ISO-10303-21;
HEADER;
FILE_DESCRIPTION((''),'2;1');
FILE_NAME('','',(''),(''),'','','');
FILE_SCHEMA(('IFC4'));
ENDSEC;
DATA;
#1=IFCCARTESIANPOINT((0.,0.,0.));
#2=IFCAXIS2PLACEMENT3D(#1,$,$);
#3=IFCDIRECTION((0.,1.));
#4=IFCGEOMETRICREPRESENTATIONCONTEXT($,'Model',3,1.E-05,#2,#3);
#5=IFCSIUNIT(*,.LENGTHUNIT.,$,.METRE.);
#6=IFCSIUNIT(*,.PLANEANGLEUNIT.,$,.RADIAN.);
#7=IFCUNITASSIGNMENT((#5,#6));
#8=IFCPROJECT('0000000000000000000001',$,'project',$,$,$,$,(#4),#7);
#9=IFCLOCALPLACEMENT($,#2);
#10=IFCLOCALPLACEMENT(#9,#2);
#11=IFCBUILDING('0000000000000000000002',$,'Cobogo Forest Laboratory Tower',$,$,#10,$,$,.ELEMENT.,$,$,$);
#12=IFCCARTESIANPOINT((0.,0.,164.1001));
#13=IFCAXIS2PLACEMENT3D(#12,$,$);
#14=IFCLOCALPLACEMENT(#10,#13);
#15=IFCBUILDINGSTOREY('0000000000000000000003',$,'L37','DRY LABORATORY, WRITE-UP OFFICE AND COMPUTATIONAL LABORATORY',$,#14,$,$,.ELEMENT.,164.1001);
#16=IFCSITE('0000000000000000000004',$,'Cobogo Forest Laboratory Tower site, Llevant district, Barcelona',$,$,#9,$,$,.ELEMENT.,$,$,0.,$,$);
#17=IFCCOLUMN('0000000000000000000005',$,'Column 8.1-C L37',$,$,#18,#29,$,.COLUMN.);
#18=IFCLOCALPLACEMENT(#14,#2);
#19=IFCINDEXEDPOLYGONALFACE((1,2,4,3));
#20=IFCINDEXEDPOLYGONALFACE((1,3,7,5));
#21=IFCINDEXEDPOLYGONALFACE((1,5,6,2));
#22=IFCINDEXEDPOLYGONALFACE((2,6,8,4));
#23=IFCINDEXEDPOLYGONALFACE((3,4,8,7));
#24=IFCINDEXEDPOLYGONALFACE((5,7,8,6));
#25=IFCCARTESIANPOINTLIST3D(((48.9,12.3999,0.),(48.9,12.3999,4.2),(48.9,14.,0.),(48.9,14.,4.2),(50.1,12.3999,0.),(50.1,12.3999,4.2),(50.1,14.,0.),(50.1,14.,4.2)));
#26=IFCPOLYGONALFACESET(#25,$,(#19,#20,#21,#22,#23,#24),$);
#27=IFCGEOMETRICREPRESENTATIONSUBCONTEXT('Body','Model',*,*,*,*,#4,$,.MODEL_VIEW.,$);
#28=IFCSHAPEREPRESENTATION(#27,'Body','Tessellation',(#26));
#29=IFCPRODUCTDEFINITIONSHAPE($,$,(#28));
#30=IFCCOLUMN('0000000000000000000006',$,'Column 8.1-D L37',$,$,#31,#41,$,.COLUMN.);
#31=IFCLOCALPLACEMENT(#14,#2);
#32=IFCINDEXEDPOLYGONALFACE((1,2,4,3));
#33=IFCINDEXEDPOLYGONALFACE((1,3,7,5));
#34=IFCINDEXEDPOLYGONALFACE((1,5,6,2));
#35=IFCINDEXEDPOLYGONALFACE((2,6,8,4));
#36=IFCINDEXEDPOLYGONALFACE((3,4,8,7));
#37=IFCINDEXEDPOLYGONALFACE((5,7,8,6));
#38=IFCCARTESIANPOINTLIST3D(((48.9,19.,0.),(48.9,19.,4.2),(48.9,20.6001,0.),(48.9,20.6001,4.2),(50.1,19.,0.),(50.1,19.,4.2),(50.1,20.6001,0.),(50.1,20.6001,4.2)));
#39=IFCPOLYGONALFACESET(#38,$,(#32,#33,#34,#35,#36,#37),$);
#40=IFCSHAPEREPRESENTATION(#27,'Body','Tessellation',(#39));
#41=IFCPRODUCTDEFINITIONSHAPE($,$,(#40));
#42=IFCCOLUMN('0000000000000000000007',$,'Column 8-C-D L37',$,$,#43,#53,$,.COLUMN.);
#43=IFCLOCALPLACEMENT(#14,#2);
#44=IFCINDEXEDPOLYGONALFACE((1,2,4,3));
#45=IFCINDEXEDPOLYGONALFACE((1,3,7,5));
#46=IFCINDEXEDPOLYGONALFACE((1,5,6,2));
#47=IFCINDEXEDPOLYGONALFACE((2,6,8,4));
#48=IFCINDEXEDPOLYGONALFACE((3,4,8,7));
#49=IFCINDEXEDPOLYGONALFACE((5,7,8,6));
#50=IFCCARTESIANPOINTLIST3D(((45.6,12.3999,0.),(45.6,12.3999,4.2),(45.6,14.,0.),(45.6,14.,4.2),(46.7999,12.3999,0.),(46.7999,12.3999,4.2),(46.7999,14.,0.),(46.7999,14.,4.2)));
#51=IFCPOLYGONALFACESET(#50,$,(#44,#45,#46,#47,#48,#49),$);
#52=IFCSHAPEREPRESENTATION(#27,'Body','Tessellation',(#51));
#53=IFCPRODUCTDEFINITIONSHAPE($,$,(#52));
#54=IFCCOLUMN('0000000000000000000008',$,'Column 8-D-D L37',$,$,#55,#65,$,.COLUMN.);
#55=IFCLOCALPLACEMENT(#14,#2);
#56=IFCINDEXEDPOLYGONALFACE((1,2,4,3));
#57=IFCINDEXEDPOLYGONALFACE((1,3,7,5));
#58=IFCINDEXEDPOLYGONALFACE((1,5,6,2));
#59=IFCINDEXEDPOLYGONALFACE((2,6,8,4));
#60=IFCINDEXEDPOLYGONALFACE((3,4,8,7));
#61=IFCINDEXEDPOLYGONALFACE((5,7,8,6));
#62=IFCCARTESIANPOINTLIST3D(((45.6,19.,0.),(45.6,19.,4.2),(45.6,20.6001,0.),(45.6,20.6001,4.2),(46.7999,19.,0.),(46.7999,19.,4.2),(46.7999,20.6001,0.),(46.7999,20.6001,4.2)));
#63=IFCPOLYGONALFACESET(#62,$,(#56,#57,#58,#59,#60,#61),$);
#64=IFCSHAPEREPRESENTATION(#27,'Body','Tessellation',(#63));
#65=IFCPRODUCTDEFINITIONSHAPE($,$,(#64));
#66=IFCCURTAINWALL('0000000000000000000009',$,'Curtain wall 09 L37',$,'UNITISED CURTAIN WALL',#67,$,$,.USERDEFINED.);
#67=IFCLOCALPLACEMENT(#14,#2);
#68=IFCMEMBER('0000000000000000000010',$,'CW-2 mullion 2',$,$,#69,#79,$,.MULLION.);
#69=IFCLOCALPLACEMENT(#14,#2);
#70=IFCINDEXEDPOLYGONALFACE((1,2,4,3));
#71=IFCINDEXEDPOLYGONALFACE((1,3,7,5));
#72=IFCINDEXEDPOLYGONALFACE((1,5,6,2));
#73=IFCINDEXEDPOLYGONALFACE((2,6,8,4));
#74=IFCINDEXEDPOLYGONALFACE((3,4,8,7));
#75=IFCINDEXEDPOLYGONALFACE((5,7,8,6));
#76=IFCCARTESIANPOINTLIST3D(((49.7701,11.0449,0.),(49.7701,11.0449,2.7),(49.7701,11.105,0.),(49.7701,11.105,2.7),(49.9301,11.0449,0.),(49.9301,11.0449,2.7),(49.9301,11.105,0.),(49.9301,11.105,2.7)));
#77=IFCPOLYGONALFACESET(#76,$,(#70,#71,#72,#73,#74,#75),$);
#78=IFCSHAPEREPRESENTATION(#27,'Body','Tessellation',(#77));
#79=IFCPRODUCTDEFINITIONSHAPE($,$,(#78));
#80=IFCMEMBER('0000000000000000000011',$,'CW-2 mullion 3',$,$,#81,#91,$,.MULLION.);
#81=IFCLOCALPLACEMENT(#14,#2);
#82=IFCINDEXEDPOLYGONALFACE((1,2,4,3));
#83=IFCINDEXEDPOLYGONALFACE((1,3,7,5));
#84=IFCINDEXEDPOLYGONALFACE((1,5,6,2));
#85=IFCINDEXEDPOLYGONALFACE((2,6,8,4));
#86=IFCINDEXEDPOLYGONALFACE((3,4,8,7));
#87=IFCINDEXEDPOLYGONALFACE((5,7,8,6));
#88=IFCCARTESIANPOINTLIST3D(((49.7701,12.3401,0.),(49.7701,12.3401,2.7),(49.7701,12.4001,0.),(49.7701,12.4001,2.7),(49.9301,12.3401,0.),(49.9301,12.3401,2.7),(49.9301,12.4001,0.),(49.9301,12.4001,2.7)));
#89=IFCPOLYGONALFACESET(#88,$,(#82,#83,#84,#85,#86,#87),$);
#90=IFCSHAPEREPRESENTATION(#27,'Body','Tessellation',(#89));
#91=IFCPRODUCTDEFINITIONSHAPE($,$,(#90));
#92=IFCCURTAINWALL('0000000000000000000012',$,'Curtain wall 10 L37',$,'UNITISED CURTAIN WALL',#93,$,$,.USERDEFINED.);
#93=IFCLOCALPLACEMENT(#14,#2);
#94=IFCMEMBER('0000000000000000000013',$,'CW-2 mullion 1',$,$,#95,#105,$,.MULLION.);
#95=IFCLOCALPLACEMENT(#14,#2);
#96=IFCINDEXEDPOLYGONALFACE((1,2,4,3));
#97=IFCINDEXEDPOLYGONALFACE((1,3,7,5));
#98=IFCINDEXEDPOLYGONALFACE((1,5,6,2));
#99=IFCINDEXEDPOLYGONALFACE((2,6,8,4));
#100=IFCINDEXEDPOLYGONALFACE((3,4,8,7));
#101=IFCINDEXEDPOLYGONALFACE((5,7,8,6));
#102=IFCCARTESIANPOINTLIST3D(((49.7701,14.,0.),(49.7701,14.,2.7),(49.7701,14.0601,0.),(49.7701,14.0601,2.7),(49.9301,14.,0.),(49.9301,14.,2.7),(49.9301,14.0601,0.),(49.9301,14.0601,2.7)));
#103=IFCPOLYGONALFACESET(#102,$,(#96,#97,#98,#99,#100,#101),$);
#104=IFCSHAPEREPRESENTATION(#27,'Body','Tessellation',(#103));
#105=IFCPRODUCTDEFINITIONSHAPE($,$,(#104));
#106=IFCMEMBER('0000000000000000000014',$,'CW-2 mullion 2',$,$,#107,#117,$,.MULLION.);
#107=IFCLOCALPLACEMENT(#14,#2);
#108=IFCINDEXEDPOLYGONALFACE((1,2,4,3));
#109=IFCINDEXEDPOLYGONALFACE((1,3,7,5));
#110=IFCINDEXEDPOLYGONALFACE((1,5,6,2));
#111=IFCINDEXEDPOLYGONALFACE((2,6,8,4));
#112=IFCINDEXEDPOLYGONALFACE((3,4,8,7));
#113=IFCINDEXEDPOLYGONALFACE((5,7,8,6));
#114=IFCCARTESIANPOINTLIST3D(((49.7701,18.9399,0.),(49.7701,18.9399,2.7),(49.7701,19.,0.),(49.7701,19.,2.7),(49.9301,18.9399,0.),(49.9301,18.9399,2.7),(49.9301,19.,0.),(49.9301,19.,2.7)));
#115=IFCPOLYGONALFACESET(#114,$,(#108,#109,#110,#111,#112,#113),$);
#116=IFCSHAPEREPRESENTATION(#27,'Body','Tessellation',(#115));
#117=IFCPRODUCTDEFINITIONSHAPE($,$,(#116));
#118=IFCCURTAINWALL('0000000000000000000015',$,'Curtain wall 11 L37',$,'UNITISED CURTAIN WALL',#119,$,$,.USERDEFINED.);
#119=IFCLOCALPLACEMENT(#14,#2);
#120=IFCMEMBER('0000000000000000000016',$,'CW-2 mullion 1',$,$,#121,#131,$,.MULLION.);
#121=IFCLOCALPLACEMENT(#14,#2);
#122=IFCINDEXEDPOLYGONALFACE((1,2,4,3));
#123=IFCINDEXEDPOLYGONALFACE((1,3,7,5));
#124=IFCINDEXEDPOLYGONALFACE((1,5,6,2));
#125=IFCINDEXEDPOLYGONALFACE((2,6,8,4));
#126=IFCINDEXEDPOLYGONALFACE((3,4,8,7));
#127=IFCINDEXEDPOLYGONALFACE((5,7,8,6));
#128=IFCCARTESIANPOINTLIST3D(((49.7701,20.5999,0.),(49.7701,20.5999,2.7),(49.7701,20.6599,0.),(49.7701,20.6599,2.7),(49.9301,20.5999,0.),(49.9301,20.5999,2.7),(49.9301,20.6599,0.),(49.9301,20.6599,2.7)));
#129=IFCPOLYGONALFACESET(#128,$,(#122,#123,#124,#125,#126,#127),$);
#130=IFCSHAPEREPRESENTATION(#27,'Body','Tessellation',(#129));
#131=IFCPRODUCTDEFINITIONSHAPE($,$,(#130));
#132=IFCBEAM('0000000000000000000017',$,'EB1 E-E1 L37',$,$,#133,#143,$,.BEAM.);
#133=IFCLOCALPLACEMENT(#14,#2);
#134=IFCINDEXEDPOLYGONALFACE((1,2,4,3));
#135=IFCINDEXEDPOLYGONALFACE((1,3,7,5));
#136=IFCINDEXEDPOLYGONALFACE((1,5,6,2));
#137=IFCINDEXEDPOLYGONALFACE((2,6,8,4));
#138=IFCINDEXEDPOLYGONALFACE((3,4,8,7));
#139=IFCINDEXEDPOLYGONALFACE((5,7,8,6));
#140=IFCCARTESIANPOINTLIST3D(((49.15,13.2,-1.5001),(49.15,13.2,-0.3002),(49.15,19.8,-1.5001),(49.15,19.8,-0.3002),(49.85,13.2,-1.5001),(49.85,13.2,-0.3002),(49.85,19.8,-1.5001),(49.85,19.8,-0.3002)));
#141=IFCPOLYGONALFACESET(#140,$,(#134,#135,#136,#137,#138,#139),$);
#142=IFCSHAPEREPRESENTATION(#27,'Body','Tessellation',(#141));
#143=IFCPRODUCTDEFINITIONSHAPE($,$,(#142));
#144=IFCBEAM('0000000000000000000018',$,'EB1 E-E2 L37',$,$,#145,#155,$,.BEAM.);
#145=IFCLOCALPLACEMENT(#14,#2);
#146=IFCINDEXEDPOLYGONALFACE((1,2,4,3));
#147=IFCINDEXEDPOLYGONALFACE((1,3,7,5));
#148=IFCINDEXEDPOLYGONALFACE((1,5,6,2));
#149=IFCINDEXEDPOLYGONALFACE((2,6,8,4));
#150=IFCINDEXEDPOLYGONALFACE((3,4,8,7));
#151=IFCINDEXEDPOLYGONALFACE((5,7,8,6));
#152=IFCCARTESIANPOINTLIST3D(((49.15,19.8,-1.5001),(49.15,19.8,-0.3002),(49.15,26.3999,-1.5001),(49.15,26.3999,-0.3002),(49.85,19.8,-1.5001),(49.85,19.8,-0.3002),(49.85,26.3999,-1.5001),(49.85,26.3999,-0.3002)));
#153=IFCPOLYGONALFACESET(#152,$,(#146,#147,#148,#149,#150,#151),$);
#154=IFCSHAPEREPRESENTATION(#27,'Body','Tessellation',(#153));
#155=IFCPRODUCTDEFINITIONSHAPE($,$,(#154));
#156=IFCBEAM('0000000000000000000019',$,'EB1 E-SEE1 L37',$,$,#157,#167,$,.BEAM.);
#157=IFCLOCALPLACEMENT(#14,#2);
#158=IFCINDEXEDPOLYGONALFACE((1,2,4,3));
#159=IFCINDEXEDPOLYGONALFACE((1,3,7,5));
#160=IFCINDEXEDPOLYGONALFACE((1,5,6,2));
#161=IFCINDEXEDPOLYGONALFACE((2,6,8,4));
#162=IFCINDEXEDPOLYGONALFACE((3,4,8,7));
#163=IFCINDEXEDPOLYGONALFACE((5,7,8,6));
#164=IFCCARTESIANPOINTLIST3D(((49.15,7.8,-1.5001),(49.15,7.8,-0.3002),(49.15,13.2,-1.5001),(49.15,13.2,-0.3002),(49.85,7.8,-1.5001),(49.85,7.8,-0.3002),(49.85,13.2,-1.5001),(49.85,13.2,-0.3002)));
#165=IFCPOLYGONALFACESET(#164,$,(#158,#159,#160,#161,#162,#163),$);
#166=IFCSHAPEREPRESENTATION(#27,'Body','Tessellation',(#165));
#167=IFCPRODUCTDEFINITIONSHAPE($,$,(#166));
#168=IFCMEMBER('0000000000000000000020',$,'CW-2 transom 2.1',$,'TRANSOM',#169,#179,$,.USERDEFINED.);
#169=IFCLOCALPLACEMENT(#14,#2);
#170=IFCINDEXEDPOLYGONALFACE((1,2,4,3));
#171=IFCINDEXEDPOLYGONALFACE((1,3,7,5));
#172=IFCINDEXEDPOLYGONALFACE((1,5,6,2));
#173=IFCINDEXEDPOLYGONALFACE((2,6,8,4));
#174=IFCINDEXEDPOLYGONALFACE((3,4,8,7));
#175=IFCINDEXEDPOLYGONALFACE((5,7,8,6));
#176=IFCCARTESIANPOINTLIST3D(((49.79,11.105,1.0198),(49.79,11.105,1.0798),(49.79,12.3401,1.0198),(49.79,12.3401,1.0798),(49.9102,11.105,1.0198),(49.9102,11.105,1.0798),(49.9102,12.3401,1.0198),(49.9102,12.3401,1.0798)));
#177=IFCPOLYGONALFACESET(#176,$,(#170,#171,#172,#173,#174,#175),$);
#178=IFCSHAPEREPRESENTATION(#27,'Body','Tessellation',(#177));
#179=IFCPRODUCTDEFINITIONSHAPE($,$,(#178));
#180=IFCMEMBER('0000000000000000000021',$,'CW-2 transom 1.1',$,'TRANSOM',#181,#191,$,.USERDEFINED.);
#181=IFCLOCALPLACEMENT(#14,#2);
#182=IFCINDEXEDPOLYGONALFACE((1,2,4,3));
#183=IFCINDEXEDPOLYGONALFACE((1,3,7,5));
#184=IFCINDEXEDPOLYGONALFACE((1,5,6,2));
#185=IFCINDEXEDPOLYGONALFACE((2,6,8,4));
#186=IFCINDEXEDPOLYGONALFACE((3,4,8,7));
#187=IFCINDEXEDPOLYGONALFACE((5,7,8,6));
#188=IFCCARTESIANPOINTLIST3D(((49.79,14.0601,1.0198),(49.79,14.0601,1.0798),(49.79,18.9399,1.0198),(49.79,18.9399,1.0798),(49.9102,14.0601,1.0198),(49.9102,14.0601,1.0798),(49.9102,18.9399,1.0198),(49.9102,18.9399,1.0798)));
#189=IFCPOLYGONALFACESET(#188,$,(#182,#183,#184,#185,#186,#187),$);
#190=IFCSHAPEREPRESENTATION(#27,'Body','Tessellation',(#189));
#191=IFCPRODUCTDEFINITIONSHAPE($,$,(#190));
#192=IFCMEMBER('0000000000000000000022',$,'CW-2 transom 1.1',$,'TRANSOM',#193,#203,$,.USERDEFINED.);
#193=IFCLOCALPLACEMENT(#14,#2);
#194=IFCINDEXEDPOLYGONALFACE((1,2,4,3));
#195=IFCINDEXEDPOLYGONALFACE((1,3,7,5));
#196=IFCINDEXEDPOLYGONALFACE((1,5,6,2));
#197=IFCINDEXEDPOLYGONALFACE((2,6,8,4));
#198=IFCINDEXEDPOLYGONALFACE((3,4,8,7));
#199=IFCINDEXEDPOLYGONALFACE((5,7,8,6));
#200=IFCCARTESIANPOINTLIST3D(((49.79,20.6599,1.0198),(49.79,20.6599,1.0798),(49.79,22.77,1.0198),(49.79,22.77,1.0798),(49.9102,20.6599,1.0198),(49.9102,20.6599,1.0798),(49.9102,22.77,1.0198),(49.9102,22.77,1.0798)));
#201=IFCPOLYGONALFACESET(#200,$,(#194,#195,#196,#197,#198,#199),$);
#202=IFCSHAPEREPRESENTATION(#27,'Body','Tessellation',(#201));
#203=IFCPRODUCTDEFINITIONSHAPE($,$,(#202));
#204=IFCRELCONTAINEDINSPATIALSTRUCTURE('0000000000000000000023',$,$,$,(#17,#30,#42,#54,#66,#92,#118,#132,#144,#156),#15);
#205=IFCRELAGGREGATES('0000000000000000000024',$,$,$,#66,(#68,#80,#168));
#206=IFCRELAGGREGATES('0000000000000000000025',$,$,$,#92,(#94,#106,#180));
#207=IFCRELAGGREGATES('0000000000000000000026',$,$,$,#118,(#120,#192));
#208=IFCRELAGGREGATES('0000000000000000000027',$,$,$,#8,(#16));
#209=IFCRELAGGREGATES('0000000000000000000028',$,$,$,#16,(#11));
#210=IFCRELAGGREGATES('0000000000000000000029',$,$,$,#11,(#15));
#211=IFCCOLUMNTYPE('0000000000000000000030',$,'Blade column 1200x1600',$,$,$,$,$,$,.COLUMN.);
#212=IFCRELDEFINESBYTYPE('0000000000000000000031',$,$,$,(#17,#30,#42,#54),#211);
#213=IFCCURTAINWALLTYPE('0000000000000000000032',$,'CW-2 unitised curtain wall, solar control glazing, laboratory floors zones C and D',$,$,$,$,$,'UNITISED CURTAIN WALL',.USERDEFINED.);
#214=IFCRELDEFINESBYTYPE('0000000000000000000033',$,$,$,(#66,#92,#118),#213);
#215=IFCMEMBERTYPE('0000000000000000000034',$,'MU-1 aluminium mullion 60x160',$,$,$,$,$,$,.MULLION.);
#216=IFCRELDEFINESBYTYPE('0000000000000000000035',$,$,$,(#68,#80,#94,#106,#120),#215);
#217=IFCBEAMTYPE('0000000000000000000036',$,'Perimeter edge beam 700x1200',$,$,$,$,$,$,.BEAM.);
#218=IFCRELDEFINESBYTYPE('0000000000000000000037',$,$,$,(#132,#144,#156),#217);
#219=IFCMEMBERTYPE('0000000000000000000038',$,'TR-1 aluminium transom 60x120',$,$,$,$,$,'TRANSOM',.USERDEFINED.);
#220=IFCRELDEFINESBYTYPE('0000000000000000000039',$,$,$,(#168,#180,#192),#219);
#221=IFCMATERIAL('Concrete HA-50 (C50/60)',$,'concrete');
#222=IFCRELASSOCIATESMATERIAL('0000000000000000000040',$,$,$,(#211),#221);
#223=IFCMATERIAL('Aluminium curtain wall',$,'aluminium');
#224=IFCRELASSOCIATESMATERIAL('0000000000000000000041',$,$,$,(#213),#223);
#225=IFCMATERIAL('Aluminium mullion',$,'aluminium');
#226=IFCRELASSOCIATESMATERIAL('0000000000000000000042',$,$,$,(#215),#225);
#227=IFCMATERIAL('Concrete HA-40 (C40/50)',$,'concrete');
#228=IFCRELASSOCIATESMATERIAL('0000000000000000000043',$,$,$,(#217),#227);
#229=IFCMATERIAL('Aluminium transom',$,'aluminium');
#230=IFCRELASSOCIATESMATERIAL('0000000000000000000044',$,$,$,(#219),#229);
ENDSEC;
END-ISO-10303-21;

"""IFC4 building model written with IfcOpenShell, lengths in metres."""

from ifc_helpers import new_model, si_unit, direction, frame, origin, origin_2d, place, context, subcontext, project, spatial, rectangle, extrude, material, material_profile, profile_set, type_object, element, aggregate, save


model = new_model("IFC4")

# Units and contexts
model_context = context("Model", 3, precision=1e-05, world=origin(), true_north=direction((0.0, 1.0)))
body_context = subcontext(model_context, "Body", "Model", "MODEL_VIEW")
ifc_project = project(units=[si_unit("LENGTHUNIT", "METRE"), si_unit("PLANEANGLEUNIT", "RADIAN")], contexts=[model_context])

# Site, building, storey
site_placement = place(None, origin())
site = spatial("IfcSite", under=ifc_project, at=site_placement, Name="Cobogo Forest Laboratory Tower site, Llevant district, Barcelona", CompositionType="ELEMENT", RefElevation=0.0)
building_placement = place(site_placement, origin())
building = spatial("IfcBuilding", under=site, at=building_placement, Name="Cobogo Forest Laboratory Tower", CompositionType="ELEMENT")
storey_placement = place(building_placement, frame((0.0, 0.0, 164.1001)))
storey = spatial("IfcBuildingStorey", under=building, at=storey_placement, Name="L37", Description="DRY LABORATORY, WRITE-UP OFFICE AND COMPUTATIONAL LABORATORY", CompositionType="ELEMENT", Elevation=164.1001)

# Columns
ifc_material_1 = material(Name="Concrete HA-50 (C50/60)", Category="concrete")
ifc_material_profile_1 = material_profile(ifc_material_1, rectangle(XDim=1.6001, YDim=1.2, at=origin_2d()), Name="RC 1200x1600")
ifc_profile_set_1 = profile_set([ifc_material_profile_1], Name="Concrete HA-50 (C50/60)")
column_type = type_object("IfcColumnType", Name="Blade column 1200x1600", PredefinedType="COLUMN", material=ifc_profile_set_1)
for number, where, z_axis, x_axis, name in (
    (1, (49.5, 13.2, 0.0), (0.0, 0.0, 1.0), (0.0, 1.0, 0.0), "Column 8.1-C L37"),
    (2, (49.5, 19.8, 0.0), (0.0, 0.0, 1.0), (0.0, 1.0, 0.0), "Column 8.1-D L37"),
    (3, (46.2, 13.2, 0.0), (0.0, 0.0, 1.0), (0.0, 1.0, 0.0), "Column 8-C-D L37"),
    (4, (46.2, 19.8, 0.0), (0.0, 0.0, 1.0), (0.0, 1.0, 0.0), "Column 8-D-D L37"),
):
    element("IfcColumn", number, at=place(storey_placement, frame(where, z_axis=z_axis, x_axis=x_axis)), inside=storey, type_object=column_type, Name=name, PredefinedType="COLUMN", context=body_context, shape_type="SweptSolid", body=[
        extrude(rectangle(XDim=1.6001, YDim=1.2, at=origin_2d()), origin(), (0.0, 0.0, 1.0), 4.2),
    ])

# Curtain walls, members
ifc_material_2 = material(Name="Aluminium curtain wall", Category="aluminium")
curtain_wall_type = type_object("IfcCurtainWallType", Name="CW-2 unitised curtain wall, solar control glazing, laboratory floors zones C and D", ElementType="UNITISED CURTAIN WALL", PredefinedType="USERDEFINED", material=ifc_material_2)
curtain_wall_1_placement = place(storey_placement, origin())
curtain_wall_1 = element("IfcCurtainWall", 5, at=curtain_wall_1_placement, inside=storey, type_object=curtain_wall_type, Name="Curtain wall 09 L37", ObjectType="UNITISED CURTAIN WALL", PredefinedType="USERDEFINED")
ifc_material_3 = material(Name="Aluminium mullion", Category="aluminium")
ifc_material_profile_2 = material_profile(ifc_material_3, rectangle(XDim=0.0601, YDim=0.1599, at=origin_2d()), Name="AL 60x160")
ifc_profile_set_2 = profile_set([ifc_material_profile_2], Name="Aluminium mullion")
member_type_1 = type_object("IfcMemberType", Name="MU-1 aluminium mullion 60x160", PredefinedType="MULLION", material=ifc_profile_set_2)
member_1_placement = place(storey_placement, frame((49.8501, 11.075, 0.0), z_axis=(0.0, 0.0, 1.0), x_axis=(0.0, 1.0, 0.0)))
member_1 = element("IfcMember", 6, at=member_1_placement, type_object=member_type_1, Name="CW-2 mullion 2", PredefinedType="MULLION", context=body_context, shape_type="SweptSolid", body=[
    extrude(rectangle(XDim=0.0601, YDim=0.1599, at=origin_2d()), origin(), (0.0, 0.0, 1.0), 2.7),
])
member_2_placement = place(storey_placement, frame((49.8501, 12.3701, 0.0), z_axis=(0.0, 0.0, 1.0), x_axis=(0.0, 1.0, 0.0)))
member_2 = element("IfcMember", 7, at=member_2_placement, type_object=member_type_1, Name="CW-2 mullion 3", PredefinedType="MULLION", context=body_context, shape_type="SweptSolid", body=[
    extrude(rectangle(XDim=0.0601, YDim=0.1599, at=origin_2d()), origin(), (0.0, 0.0, 1.0), 2.7),
])
curtain_wall_2_placement = place(storey_placement, origin())
curtain_wall_2 = element("IfcCurtainWall", 8, at=curtain_wall_2_placement, inside=storey, type_object=curtain_wall_type, Name="Curtain wall 10 L37", ObjectType="UNITISED CURTAIN WALL", PredefinedType="USERDEFINED")
member_3_placement = place(storey_placement, frame((49.8501, 14.03, 0.0), z_axis=(0.0, 0.0, 1.0), x_axis=(0.0, 1.0, 0.0)))
member_3 = element("IfcMember", 9, at=member_3_placement, type_object=member_type_1, Name="CW-2 mullion 1", PredefinedType="MULLION", context=body_context, shape_type="SweptSolid", body=[
    extrude(rectangle(XDim=0.0601, YDim=0.1599, at=origin_2d()), origin(), (0.0, 0.0, 1.0), 2.7),
])
member_4_placement = place(storey_placement, frame((49.8501, 18.97, 0.0), z_axis=(0.0, 0.0, 1.0), x_axis=(0.0, 1.0, 0.0)))
member_4 = element("IfcMember", 10, at=member_4_placement, type_object=member_type_1, Name="CW-2 mullion 2", PredefinedType="MULLION", context=body_context, shape_type="SweptSolid", body=[
    extrude(rectangle(XDim=0.0601, YDim=0.1599, at=origin_2d()), origin(), (0.0, 0.0, 1.0), 2.7),
])

# Curtain wall, member
curtain_wall_3_placement = place(storey_placement, origin())
curtain_wall_3 = element("IfcCurtainWall", 11, at=curtain_wall_3_placement, inside=storey, type_object=curtain_wall_type, Name="Curtain wall 11 L37", ObjectType="UNITISED CURTAIN WALL", PredefinedType="USERDEFINED")
member_5_placement = place(storey_placement, frame((49.8501, 20.6299, 0.0), z_axis=(0.0, 0.0, 1.0), x_axis=(0.0, 1.0, 0.0)))
member_5 = element("IfcMember", 12, at=member_5_placement, type_object=member_type_1, Name="CW-2 mullion 1", PredefinedType="MULLION", context=body_context, shape_type="SweptSolid", body=[
    extrude(rectangle(XDim=0.0601, YDim=0.1599, at=origin_2d()), origin(), (0.0, 0.0, 1.0), 2.7),
])

# Beams
ifc_material_4 = material(Name="Concrete HA-40 (C40/50)", Category="concrete")
ifc_material_profile_3 = material_profile(ifc_material_4, rectangle(XDim=0.7, YDim=1.2, at=origin_2d()), Name="RC 700x1200")
ifc_profile_set_3 = profile_set([ifc_material_profile_3], Name="Concrete HA-40 (C40/50)")
beam_type = type_object("IfcBeamType", Name="Perimeter edge beam 700x1200", PredefinedType="BEAM", material=ifc_profile_set_3)
beam_1_placement = place(storey_placement, frame((49.5, 13.2, -0.9001), z_axis=(0.0, 1.0, 0.0), x_axis=(-1.0, 0.0, 0.0)))
element("IfcBeam", 13, at=beam_1_placement, inside=storey, type_object=beam_type, Name="EB1 E-E1 L37", PredefinedType="BEAM", context=body_context, shape_type="SweptSolid", body=[
    extrude(rectangle(XDim=0.7, YDim=1.2, at=origin_2d()), origin(), (0.0, 0.0, 1.0), 6.6001),
])
beam_2_placement = place(storey_placement, frame((49.5, 19.8, -0.9001), z_axis=(0.0, 1.0, 0.0), x_axis=(-1.0, 0.0, 0.0)))
element("IfcBeam", 14, at=beam_2_placement, inside=storey, type_object=beam_type, Name="EB1 E-E2 L37", PredefinedType="BEAM", context=body_context, shape_type="SweptSolid", body=[
    extrude(rectangle(XDim=0.7, YDim=1.2, at=origin_2d()), origin(), (0.0, 0.0, 1.0), 6.5999),
])
beam_3_placement = place(storey_placement, frame((49.5, 13.2, -0.9001), z_axis=(0.0, -1.0, 0.0), x_axis=(1.0, 0.0, 0.0)))
element("IfcBeam", 15, at=beam_3_placement, inside=storey, type_object=beam_type, Name="EB1 E-SEE1 L37", PredefinedType="BEAM", context=body_context, shape_type="SweptSolid", body=[
    extrude(rectangle(XDim=0.7, YDim=1.2, at=origin_2d()), origin(), (0.0, 0.0, 1.0), 5.3999),
])

# Members
ifc_material_5 = material(Name="Aluminium transom", Category="aluminium")
ifc_material_profile_4 = material_profile(ifc_material_5, rectangle(XDim=0.1201, YDim=0.0601, at=origin_2d()), Name="AL 60x120")
ifc_profile_set_4 = profile_set([ifc_material_profile_4], Name="Aluminium transom")
member_type_2 = type_object("IfcMemberType", Name="TR-1 aluminium transom 60x120", ElementType="TRANSOM", PredefinedType="USERDEFINED", material=ifc_profile_set_4)
member_6_placement = place(storey_placement, frame((49.8501, 11.105, 1.0498), z_axis=(0.0, 1.0, 0.0), x_axis=(-1.0, 0.0, 0.0)))
member_6 = element("IfcMember", 16, at=member_6_placement, type_object=member_type_2, Name="CW-2 transom 2.1", ObjectType="TRANSOM", PredefinedType="USERDEFINED", context=body_context, shape_type="SweptSolid", body=[
    extrude(rectangle(XDim=0.1201, YDim=0.0601, at=origin_2d()), origin(), (0.0, 0.0, 1.0), 1.2351),
])
member_7_placement = place(storey_placement, frame((49.8501, 14.0601, 1.0498), z_axis=(0.0, 1.0, 0.0), x_axis=(-1.0, 0.0, 0.0)))
member_7 = element("IfcMember", 17, at=member_7_placement, type_object=member_type_2, Name="CW-2 transom 1.1", ObjectType="TRANSOM", PredefinedType="USERDEFINED", context=body_context, shape_type="SweptSolid", body=[
    extrude(rectangle(XDim=0.1201, YDim=0.0601, at=origin_2d()), origin(), (0.0, 0.0, 1.0), 4.8799),
])
member_8_placement = place(storey_placement, frame((49.8501, 20.6599, 1.0498), z_axis=(0.0, 1.0, 0.0), x_axis=(-1.0, 0.0, 0.0)))
member_8 = element("IfcMember", 18, at=member_8_placement, type_object=member_type_2, Name="CW-2 transom 1.1", ObjectType="TRANSOM", PredefinedType="USERDEFINED", context=body_context, shape_type="SweptSolid", body=[
    extrude(rectangle(XDim=0.1201, YDim=0.0601, at=origin_2d()), origin(), (0.0, 0.0, 1.0), 2.1101),
])

aggregate(curtain_wall_1, [member_1, member_2, member_6])
aggregate(curtain_wall_2, [member_3, member_4, member_7])
aggregate(curtain_wall_3, [member_5, member_8])

save(model, "model.ifc")
